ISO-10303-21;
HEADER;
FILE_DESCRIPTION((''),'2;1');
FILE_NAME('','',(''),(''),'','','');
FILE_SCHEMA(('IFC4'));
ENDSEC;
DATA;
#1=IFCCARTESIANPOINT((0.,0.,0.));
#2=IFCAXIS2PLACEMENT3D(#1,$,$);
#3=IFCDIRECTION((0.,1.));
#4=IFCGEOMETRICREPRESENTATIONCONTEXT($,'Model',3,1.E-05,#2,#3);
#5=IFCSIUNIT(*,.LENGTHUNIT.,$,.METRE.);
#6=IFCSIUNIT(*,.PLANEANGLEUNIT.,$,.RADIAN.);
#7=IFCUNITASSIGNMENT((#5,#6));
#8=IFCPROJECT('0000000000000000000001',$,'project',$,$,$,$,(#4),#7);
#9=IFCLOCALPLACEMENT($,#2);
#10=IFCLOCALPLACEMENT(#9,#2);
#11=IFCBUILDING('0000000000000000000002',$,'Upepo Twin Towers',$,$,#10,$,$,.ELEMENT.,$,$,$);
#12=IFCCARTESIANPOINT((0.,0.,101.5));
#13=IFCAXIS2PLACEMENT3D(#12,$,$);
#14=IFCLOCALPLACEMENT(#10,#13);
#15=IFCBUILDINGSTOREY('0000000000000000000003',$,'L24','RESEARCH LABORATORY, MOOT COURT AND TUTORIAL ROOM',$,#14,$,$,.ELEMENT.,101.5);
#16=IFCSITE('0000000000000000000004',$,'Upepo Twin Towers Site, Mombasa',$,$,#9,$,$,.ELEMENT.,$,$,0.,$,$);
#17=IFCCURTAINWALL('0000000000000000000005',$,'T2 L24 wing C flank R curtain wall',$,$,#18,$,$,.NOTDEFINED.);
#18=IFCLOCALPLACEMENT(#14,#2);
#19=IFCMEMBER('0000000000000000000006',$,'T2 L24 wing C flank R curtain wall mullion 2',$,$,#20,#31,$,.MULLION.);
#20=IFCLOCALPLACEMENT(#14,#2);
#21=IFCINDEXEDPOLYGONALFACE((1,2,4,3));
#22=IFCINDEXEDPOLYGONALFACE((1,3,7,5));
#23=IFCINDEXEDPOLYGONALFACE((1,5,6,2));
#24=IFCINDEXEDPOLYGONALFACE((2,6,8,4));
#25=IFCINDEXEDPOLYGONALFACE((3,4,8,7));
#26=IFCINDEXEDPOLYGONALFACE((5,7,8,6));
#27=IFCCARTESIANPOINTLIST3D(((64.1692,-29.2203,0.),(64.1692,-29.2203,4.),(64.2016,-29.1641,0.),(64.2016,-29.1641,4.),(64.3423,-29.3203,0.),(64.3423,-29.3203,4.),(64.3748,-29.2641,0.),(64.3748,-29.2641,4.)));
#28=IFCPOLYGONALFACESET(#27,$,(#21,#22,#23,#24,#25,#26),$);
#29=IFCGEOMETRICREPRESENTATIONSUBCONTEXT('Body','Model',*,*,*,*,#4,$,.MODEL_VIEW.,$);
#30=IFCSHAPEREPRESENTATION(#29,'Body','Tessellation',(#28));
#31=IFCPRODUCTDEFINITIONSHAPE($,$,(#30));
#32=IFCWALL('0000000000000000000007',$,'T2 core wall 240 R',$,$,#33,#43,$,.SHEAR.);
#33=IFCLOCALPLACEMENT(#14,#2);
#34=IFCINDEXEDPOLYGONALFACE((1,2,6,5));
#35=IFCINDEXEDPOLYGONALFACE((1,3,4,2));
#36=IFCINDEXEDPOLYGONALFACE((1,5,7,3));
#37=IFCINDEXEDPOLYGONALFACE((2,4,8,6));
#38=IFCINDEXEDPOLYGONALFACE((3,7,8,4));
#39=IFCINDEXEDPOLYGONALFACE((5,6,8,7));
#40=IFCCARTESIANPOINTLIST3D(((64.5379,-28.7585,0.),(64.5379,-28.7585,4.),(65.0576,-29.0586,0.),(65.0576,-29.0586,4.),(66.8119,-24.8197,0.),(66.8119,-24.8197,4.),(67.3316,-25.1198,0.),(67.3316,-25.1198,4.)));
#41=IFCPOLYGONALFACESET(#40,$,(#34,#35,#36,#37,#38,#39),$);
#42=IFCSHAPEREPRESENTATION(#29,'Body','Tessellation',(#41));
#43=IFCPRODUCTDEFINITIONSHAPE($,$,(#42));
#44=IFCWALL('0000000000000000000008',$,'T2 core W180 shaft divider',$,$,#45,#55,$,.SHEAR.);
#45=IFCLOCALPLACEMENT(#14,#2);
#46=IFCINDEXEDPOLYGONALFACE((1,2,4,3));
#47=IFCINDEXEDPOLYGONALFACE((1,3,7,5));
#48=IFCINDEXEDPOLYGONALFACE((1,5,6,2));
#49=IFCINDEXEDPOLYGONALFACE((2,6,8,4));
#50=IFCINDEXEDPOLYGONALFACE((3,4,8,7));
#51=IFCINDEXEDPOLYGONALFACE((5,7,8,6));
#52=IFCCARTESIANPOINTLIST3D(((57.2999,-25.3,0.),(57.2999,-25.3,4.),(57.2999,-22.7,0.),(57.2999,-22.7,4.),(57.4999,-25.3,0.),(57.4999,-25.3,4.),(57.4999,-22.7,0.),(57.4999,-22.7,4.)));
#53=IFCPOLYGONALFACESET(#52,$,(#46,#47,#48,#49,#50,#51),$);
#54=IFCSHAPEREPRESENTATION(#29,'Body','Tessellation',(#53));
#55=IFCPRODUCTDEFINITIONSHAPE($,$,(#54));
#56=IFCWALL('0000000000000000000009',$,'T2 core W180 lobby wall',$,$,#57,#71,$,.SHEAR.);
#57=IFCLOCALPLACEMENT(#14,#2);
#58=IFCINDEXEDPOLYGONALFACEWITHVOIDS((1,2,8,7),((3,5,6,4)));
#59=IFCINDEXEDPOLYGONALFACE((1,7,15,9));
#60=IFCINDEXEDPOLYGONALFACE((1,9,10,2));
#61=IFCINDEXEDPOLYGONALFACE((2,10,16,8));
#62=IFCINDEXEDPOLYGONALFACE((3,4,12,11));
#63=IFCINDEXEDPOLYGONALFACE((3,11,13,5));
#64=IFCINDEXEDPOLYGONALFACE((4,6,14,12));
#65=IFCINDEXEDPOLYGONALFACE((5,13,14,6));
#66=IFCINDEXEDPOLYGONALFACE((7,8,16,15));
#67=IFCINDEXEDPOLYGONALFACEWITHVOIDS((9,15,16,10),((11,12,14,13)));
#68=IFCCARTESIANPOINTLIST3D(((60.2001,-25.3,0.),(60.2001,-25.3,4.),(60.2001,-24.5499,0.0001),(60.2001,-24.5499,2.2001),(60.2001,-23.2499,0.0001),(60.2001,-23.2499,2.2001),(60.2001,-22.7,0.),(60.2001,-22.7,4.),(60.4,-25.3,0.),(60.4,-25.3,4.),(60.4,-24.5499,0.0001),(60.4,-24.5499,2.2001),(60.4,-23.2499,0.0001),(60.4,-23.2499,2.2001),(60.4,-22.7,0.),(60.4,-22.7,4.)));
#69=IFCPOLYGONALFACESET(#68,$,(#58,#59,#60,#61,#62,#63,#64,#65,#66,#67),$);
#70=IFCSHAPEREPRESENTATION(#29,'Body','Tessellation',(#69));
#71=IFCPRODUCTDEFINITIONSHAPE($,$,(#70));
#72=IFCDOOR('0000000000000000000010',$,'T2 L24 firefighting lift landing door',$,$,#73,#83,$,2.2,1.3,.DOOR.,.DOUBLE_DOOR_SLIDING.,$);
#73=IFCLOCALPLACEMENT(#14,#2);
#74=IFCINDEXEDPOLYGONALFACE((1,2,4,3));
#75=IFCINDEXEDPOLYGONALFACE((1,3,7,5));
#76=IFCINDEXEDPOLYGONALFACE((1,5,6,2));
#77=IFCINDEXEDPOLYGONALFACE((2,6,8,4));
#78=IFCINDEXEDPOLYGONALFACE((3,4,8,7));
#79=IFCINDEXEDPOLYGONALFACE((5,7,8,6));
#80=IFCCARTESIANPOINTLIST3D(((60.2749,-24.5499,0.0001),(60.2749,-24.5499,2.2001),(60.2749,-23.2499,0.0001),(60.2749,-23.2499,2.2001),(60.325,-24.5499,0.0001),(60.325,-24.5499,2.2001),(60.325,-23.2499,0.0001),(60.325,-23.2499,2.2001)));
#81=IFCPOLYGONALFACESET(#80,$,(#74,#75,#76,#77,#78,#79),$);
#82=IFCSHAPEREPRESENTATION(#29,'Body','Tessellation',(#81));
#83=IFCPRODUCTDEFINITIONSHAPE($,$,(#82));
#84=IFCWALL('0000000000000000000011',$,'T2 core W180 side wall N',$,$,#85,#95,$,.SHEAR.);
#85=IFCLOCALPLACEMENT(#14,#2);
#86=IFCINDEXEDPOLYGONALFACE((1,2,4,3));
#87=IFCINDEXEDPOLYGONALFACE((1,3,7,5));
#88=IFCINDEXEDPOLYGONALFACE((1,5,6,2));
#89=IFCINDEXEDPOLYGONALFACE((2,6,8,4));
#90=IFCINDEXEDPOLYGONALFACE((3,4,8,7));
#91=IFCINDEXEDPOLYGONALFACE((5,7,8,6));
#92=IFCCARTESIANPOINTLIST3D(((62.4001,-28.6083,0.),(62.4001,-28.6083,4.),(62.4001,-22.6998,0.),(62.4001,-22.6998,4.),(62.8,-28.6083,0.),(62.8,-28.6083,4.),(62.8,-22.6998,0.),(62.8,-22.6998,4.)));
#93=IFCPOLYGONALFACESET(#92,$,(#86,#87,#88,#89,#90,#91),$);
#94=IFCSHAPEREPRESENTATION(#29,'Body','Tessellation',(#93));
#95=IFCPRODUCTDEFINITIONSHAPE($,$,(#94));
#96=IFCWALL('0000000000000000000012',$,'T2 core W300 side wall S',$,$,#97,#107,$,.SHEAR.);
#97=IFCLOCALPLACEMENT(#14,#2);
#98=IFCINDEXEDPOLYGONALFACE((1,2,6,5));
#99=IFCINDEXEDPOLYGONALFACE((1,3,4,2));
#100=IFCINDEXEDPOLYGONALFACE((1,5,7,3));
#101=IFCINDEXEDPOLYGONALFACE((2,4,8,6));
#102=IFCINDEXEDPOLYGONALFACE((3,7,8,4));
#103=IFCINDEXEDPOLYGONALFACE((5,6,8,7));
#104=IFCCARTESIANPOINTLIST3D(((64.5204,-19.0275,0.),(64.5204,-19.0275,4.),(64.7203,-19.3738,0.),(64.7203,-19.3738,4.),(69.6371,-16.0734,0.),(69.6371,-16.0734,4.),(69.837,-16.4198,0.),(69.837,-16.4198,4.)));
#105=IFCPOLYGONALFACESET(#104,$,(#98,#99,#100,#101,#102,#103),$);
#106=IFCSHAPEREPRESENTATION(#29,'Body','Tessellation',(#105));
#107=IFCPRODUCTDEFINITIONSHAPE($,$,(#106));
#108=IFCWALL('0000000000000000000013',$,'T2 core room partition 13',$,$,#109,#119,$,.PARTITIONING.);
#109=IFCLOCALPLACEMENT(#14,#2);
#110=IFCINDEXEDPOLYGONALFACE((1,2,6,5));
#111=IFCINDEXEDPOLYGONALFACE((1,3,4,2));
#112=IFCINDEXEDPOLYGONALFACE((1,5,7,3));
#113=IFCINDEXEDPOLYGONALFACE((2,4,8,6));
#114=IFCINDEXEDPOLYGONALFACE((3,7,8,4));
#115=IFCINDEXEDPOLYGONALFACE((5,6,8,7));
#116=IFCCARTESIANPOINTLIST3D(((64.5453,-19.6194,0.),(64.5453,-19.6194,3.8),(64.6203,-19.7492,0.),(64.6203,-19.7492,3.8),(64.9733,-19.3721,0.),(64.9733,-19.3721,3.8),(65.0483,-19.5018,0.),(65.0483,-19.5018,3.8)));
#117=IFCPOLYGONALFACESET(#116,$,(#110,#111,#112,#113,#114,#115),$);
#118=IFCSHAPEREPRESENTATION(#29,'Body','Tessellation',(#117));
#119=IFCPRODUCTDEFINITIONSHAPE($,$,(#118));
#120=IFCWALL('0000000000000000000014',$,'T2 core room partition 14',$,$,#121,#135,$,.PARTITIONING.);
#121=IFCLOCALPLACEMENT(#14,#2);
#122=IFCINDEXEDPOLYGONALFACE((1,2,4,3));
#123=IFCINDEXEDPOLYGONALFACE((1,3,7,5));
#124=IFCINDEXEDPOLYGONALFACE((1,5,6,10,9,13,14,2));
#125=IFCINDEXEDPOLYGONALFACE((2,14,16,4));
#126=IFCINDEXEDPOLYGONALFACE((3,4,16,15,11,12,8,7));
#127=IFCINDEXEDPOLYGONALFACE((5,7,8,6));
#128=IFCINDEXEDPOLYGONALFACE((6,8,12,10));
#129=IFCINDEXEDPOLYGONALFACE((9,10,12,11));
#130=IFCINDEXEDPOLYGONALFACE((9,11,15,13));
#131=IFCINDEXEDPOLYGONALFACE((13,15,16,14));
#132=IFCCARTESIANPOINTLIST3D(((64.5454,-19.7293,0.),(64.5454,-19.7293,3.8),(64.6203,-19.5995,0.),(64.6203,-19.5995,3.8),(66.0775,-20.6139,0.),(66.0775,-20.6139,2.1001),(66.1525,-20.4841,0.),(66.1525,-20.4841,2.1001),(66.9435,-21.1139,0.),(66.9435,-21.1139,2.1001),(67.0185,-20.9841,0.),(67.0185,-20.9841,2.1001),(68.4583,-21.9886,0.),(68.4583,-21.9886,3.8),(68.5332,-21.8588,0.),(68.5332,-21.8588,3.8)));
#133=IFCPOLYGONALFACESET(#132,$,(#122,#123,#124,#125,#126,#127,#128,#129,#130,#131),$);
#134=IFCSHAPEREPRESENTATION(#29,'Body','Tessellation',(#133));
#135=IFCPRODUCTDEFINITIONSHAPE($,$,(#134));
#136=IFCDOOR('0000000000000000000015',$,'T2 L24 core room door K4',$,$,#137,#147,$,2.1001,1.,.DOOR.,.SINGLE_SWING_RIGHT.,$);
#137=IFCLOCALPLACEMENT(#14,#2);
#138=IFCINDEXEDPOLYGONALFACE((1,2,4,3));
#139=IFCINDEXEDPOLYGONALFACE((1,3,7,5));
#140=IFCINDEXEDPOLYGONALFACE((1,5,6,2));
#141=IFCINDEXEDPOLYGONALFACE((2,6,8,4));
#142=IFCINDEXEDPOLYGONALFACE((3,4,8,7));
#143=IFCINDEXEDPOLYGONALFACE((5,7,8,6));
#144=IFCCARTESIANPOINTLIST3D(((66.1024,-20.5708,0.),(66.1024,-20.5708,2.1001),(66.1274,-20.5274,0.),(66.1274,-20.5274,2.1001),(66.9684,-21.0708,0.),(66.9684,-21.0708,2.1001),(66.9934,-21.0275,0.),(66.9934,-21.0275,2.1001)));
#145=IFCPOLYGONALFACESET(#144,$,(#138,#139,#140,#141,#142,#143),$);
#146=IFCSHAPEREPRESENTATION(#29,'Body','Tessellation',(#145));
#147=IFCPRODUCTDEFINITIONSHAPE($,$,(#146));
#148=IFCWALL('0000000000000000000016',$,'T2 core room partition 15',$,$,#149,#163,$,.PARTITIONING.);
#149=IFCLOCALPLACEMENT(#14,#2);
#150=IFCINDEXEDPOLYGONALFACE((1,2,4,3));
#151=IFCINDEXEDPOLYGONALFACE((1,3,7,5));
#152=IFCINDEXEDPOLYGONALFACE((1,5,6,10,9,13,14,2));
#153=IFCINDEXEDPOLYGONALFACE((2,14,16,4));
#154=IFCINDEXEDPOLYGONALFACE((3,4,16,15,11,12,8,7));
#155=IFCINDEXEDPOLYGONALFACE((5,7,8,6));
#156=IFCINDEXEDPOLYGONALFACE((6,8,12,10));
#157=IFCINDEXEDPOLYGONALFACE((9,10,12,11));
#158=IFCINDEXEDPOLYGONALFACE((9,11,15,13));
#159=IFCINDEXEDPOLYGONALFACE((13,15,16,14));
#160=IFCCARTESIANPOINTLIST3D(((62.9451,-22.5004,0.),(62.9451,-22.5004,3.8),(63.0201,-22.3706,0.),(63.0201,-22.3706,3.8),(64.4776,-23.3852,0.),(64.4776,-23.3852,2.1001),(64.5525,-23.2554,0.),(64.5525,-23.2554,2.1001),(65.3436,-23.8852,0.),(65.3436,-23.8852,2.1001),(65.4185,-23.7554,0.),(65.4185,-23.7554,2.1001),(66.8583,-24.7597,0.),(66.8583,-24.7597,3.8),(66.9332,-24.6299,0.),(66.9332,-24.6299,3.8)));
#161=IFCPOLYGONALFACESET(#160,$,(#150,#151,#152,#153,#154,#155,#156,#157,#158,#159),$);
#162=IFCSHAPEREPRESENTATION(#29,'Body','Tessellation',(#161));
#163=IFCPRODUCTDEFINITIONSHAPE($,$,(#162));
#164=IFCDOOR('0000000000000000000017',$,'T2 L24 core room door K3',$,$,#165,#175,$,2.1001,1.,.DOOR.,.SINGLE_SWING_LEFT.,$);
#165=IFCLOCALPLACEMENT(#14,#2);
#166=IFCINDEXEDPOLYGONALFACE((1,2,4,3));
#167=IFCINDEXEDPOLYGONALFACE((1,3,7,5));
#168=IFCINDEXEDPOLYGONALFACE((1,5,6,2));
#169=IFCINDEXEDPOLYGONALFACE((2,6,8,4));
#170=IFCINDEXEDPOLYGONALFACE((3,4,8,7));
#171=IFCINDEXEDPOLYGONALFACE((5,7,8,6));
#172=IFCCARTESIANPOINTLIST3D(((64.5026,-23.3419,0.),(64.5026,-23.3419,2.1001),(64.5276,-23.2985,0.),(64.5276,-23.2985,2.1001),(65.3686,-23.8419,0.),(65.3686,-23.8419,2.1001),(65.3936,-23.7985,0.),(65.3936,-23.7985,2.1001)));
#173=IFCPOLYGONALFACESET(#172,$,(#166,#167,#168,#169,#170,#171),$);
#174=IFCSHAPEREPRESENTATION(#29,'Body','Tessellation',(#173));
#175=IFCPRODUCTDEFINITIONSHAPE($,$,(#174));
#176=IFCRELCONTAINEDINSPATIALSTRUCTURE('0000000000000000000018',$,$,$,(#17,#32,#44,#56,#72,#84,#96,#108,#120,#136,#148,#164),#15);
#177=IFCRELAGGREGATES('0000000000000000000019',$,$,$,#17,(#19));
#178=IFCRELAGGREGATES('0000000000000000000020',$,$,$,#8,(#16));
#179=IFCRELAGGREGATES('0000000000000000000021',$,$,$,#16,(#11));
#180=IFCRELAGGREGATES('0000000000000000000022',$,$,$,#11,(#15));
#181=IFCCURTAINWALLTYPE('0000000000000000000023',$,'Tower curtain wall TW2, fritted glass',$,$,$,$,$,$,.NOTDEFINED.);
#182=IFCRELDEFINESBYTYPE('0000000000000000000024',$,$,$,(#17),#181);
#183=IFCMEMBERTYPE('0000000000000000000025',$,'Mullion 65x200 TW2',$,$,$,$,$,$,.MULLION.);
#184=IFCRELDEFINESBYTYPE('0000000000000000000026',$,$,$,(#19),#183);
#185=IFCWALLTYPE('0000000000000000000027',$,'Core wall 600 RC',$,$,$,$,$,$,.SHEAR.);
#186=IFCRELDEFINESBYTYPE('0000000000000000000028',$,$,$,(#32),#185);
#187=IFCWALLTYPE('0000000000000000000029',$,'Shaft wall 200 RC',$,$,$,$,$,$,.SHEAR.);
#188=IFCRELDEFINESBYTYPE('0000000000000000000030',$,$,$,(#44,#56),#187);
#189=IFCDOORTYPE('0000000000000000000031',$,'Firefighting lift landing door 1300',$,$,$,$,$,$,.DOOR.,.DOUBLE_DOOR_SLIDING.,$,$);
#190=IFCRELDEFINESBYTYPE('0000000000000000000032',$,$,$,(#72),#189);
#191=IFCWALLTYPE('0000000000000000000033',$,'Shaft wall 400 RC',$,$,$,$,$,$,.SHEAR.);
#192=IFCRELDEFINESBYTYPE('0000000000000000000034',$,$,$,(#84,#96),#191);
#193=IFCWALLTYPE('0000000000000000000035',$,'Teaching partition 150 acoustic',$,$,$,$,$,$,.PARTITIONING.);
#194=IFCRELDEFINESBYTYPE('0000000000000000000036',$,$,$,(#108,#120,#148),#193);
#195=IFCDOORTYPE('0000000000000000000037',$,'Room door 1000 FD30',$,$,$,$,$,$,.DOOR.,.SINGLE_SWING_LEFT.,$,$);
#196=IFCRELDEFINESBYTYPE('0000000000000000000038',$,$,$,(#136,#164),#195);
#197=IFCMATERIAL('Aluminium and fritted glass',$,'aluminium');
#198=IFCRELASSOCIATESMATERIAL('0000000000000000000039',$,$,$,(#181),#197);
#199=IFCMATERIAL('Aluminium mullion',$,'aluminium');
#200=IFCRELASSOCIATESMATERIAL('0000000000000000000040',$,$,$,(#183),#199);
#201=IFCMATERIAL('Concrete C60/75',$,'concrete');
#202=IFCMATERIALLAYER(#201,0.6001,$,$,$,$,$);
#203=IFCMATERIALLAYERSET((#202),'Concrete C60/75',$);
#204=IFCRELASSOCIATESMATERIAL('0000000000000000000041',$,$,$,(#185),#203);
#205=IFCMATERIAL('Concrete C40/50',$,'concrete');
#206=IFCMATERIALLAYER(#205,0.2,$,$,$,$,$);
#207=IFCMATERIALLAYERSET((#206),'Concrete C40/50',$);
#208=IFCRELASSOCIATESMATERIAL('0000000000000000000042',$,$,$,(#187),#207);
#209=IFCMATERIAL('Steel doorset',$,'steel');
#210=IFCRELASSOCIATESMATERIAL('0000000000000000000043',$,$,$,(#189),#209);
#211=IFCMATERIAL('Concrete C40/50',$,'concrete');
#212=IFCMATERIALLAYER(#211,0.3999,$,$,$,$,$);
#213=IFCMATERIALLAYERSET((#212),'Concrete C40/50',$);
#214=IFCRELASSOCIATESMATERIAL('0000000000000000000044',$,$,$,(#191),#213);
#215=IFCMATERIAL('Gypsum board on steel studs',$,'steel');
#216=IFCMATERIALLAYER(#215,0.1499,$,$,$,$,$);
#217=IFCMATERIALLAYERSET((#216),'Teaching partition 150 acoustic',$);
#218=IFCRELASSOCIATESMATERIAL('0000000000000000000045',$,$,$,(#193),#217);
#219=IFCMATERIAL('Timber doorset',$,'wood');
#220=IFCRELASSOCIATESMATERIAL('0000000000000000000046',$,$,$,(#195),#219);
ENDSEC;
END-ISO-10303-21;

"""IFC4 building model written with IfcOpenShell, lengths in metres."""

from ifc_helpers import new_model, si_unit, direction, frame, frame_2d, origin, origin_2d, place, context, subcontext, project, spatial, rectangle, extrude, material, layer, layer_set, material_profile, profile_set, type_object, element, fill, aggregate, save


model = new_model("IFC4")

# Units and contexts
model_context = context("Model", 3, precision=1e-05, world=origin(), true_north=direction((0.0, 1.0)))
body_context = subcontext(model_context, "Body", "Model", "MODEL_VIEW")
ifc_project = project(units=[si_unit("LENGTHUNIT", "METRE"), si_unit("PLANEANGLEUNIT", "RADIAN")], contexts=[model_context])

# Site, building, storey
site_placement = place(None, origin())
site = spatial("IfcSite", under=ifc_project, at=site_placement, Name="Upepo Twin Towers Site, Mombasa", CompositionType="ELEMENT", RefElevation=0.0)
building_placement = place(site_placement, origin())
building = spatial("IfcBuilding", under=site, at=building_placement, Name="Upepo Twin Towers", CompositionType="ELEMENT")
storey_placement = place(building_placement, frame((0.0, 0.0, 101.5)))
storey = spatial("IfcBuildingStorey", under=building, at=storey_placement, Name="L24", Description="RESEARCH LABORATORY, MOOT COURT AND TUTORIAL ROOM", CompositionType="ELEMENT", Elevation=101.5)

# Curtain wall, member
ifc_material_1 = material(Name="Aluminium and fritted glass", Category="aluminium")
curtain_wall_type = type_object("IfcCurtainWallType", Name="Tower curtain wall TW2, fritted glass", PredefinedType="NOTDEFINED", material=ifc_material_1)
curtain_wall_placement = place(storey_placement, origin())
curtain_wall = element("IfcCurtainWall", 1, at=curtain_wall_placement, inside=storey, type_object=curtain_wall_type, Name="T2 L24 wing C flank R curtain wall", PredefinedType="NOTDEFINED")
ifc_material_2 = material(Name="Aluminium mullion", Category="aluminium")
ifc_material_profile = material_profile(ifc_material_2, rectangle(XDim=0.0649, YDim=0.2, at=origin_2d()), Name="MULLION 65x200")
ifc_profile_set = profile_set([ifc_material_profile], Name="Aluminium mullion")
member_type = type_object("IfcMemberType", Name="Mullion 65x200 TW2", PredefinedType="MULLION", material=ifc_profile_set)
member_placement = place(storey_placement, frame((64.272, -29.2422, 0.0), z_axis=(0.0, 0.0, 1.0), x_axis=(-0.5, -0.866025, 0.0)))
member = element("IfcMember", 2, at=member_placement, type_object=member_type, Name="T2 L24 wing C flank R curtain wall mullion 2", PredefinedType="MULLION", context=body_context, shape_type="SweptSolid", body=[
    extrude(rectangle(XDim=0.0649, YDim=0.2, at=origin_2d()), origin(), (0.0, 0.0, 1.0), 4.0),
])
aggregate(curtain_wall, [member])

# Walls
ifc_material_3 = material(Name="Concrete C60/75", Category="concrete")
ifc_layer_1 = layer(ifc_material_3, 0.6001)
ifc_layer_set_1 = layer_set([ifc_layer_1], Name="Concrete C60/75")
wall_type_1 = type_object("IfcWallType", Name="Core wall 600 RC", PredefinedType="SHEAR", material=ifc_layer_set_1)
wall_1_placement = place(storey_placement, frame((64.7979, -28.9084, 0.0), z_axis=(0.0, 0.0, 1.0), x_axis=(0.499984, 0.866035, 0.0)))
element("IfcWall", 3, at=wall_1_placement, inside=storey, type_object=wall_type_1, Name="T2 core wall 240 R", PredefinedType="SHEAR", context=body_context, shape_type="SweptSolid", body=[
    extrude(rectangle(XDim=4.5481, YDim=0.6001, at=frame_2d((2.2739, 0.0))), origin(), (0.0, 0.0, 1.0), 4.0),
])
ifc_material_4 = material(Name="Concrete C40/50", Category="concrete")
ifc_layer_2 = layer(ifc_material_4, 0.2)
ifc_layer_set_2 = layer_set([ifc_layer_2], Name="Concrete C40/50")
wall_type_2 = type_object("IfcWallType", Name="Shaft wall 200 RC", PredefinedType="SHEAR", material=ifc_layer_set_2)
wall_2_placement = place(storey_placement, frame((57.3999, -22.7, 0.0), z_axis=(0.0, 0.0, 1.0), x_axis=(0.0, -1.0, 0.0)))
element("IfcWall", 4, at=wall_2_placement, inside=storey, type_object=wall_type_2, Name="T2 core W180 shaft divider", PredefinedType="SHEAR", context=body_context, shape_type="SweptSolid", body=[
    extrude(rectangle(XDim=2.6001, YDim=0.2, at=frame_2d((1.3, 0.0))), origin(), (0.0, 0.0, 1.0), 4.0),
])

# Wall, opening, door
wall_3_placement = place(storey_placement, frame((60.3, -22.7, 0.0), z_axis=(0.0, 0.0, 1.0), x_axis=(0.0, -1.0, 0.0)))
wall_3 = element("IfcWall", 5, at=wall_3_placement, inside=storey, type_object=wall_type_2, Name="T2 core W180 lobby wall", PredefinedType="SHEAR", context=body_context, shape_type="SweptSolid", body=[
    extrude(rectangle(XDim=2.6001, YDim=0.2, at=frame_2d((1.3, 0.0))), origin(), (0.0, 0.0, 1.0), 4.0),
])
opening_1_placement = place(wall_3_placement, frame((0.55, 0.0, 0.0)))
opening_1 = element("IfcOpeningElement", 6, at=opening_1_placement, cuts=wall_3, PredefinedType="OPENING", context=body_context, shape_type="SweptSolid", body=[
    extrude(rectangle(XDim=1.3, YDim=2.2, at=frame_2d((0.6499, 1.1001))), frame((0.0, 0.1099, 0.0), z_axis=(0.0, -1.0, 0.0), x_axis=(1.0, 0.0, 0.0)), (0.0, 0.0, 1.0), 0.22),
])
ifc_material_5 = material(Name="Steel doorset", Category="steel")
door_type_1 = type_object("IfcDoorType", Name="Firefighting lift landing door 1300", OperationType="DOUBLE_DOOR_SLIDING", PredefinedType="DOOR", material=ifc_material_5)
door_1_placement = place(opening_1_placement, origin())
door_1 = element("IfcDoor", 7, at=door_1_placement, inside=storey, type_object=door_type_1, Name="T2 L24 firefighting lift landing door", OperationType="DOUBLE_DOOR_SLIDING", OverallHeight=2.2, OverallWidth=1.3, PredefinedType="DOOR", context=body_context, shape_type="SweptSolid", body=[
    extrude(rectangle(XDim=1.3, YDim=2.2, at=frame_2d((0.6499, 1.1001))), frame((0.0, 0.0249, 0.0), z_axis=(0.0, -1.0, 0.0), x_axis=(1.0, 0.0, 0.0)), (0.0, 0.0, 1.0), 0.05),
])
fill(opening_1, door_1)

# Walls
ifc_material_6 = material(Name="Concrete C40/50", Category="concrete")
ifc_layer_3 = layer(ifc_material_6, 0.3999)
ifc_layer_set_3 = layer_set([ifc_layer_3], Name="Concrete C40/50")
wall_type_3 = type_object("IfcWallType", Name="Shaft wall 400 RC", PredefinedType="SHEAR", material=ifc_layer_set_3)
wall_4_placement = place(storey_placement, frame((62.6001, -22.7, 0.0), z_axis=(0.0, 0.0, 1.0), x_axis=(0.0, -1.0, 0.0)))
element("IfcWall", 8, at=wall_4_placement, inside=storey, type_object=wall_type_3, Name="T2 core W180 side wall N", PredefinedType="SHEAR", context=body_context, shape_type="SweptSolid", body=[
    extrude(rectangle(XDim=5.9084, YDim=0.3999, at=frame_2d((2.9541, 0.0))), origin(), (0.0, 0.0, 1.0), 4.0),
])
wall_5_placement = place(storey_placement, frame((64.6204, -19.2007, 0.0), z_axis=(0.0, 0.0, 1.0), x_axis=(0.866027, 0.499997, 0.0)))
element("IfcWall", 9, at=wall_5_placement, inside=storey, type_object=wall_type_3, Name="T2 core W300 side wall S", PredefinedType="SHEAR", context=body_context, shape_type="SweptSolid", body=[
    extrude(rectangle(XDim=5.9082, YDim=0.3999, at=frame_2d((2.9541, 0.0))), origin(), (0.0, 0.0, 1.0), 4.0),
])
ifc_material_7 = material(Name="Gypsum board on steel studs", Category="steel")
ifc_layer_4 = layer(ifc_material_7, 0.1499)
ifc_layer_set_4 = layer_set([ifc_layer_4], Name="Teaching partition 150 acoustic")
wall_type_4 = type_object("IfcWallType", Name="Teaching partition 150 acoustic", PredefinedType="PARTITIONING", material=ifc_layer_set_4)
wall_6_placement = place(storey_placement, frame((65.0107, -19.437, 0.0), z_axis=(0.0, 0.0, 1.0), x_axis=(-0.865832, -0.500335, 0.0)))
element("IfcWall", 10, at=wall_6_placement, inside=storey, type_object=wall_type_4, Name="T2 core room partition 13", PredefinedType="PARTITIONING", context=body_context, shape_type="SweptSolid", body=[
    extrude(rectangle(XDim=0.4944, YDim=0.1499, at=frame_2d((0.2471, 0.0))), origin(), (0.0, 0.0, 1.0), 3.8),
])

# Walls, openings, doors
wall_7_placement = place(storey_placement, frame((64.5828, -19.6643, 0.0), z_axis=(0.0, 0.0, 1.0), x_axis=(0.866007, -0.500033, 0.0)))
wall_7 = element("IfcWall", 11, at=wall_7_placement, inside=storey, type_object=wall_type_4, Name="T2 core room partition 14", PredefinedType="PARTITIONING", context=body_context, shape_type="SweptSolid", body=[
    extrude(rectangle(XDim=4.5183, YDim=0.1499, at=frame_2d((2.2593, 0.0))), origin(), (0.0, 0.0, 1.0), 3.8),
])
opening_2_placement = place(wall_7_placement, frame((1.7693, 0.0, 0.0)))
opening_2 = element("IfcOpeningElement", 12, at=opening_2_placement, cuts=wall_7, PredefinedType="OPENING", context=body_context, shape_type="SweptSolid", body=[
    extrude(rectangle(XDim=1.0, YDim=2.1001, at=frame_2d((0.5, 1.05))), frame((0.0, 0.085, 0.0), z_axis=(0.0, -1.0, 0.0), x_axis=(1.0, 0.0, 0.0)), (0.0, 0.0, 1.0), 0.1699),
])
ifc_material_8 = material(Name="Timber doorset", Category="wood")
door_type_2 = type_object("IfcDoorType", Name="Room door 1000 FD30", OperationType="SINGLE_SWING_LEFT", PredefinedType="DOOR", material=ifc_material_8)
door_2_placement = place(opening_2_placement, origin())
door_2 = element("IfcDoor", 13, at=door_2_placement, inside=storey, type_object=door_type_2, Name="T2 L24 core room door K4", OperationType="SINGLE_SWING_RIGHT", OverallHeight=2.1001, OverallWidth=1.0, PredefinedType="DOOR", context=body_context, shape_type="SweptSolid", body=[
    extrude(rectangle(XDim=1.0, YDim=2.1001, at=frame_2d((0.5, 1.05))), frame((0.0, 0.0249, 0.0), z_axis=(0.0, -1.0, 0.0), x_axis=(1.0, 0.0, 0.0)), (0.0, 0.0, 1.0), 0.05),
])
fill(opening_2, door_2)
wall_8_placement = place(storey_placement, frame((66.8958, -24.6948, 0.0), z_axis=(0.0, 0.0, 1.0), x_axis=(-0.86602, 0.500009, 0.0)))
wall_8 = element("IfcWall", 14, at=wall_8_placement, inside=storey, type_object=wall_type_4, Name="T2 core room partition 15", PredefinedType="PARTITIONING", context=body_context, shape_type="SweptSolid", body=[
    extrude(rectangle(XDim=4.5186, YDim=0.1499, at=frame_2d((2.2593, 0.0))), origin(), (0.0, 0.0, 1.0), 3.8),
])
opening_3_placement = place(wall_8_placement, frame((1.749, 0.0, 0.0)))
opening_3 = element("IfcOpeningElement", 15, at=opening_3_placement, cuts=wall_8, PredefinedType="OPENING", context=body_context, shape_type="SweptSolid", body=[
    extrude(rectangle(XDim=1.0, YDim=2.1001, at=frame_2d((0.5, 1.05))), frame((0.0, 0.085, 0.0), z_axis=(0.0, -1.0, 0.0), x_axis=(1.0, 0.0, 0.0)), (0.0, 0.0, 1.0), 0.1699),
])
door_3_placement = place(opening_3_placement, origin())
door_3 = element("IfcDoor", 16, at=door_3_placement, inside=storey, type_object=door_type_2, Name="T2 L24 core room door K3", OperationType="SINGLE_SWING_LEFT", OverallHeight=2.1001, OverallWidth=1.0, PredefinedType="DOOR", context=body_context, shape_type="SweptSolid", body=[
    extrude(rectangle(XDim=1.0, YDim=2.1001, at=frame_2d((0.5, 1.05))), frame((0.0, 0.0249, 0.0), z_axis=(0.0, -1.0, 0.0), x_axis=(1.0, 0.0, 0.0)), (0.0, 0.0, 1.0), 0.05),
])
fill(opening_3, door_3)

save(model, "model.ifc")
